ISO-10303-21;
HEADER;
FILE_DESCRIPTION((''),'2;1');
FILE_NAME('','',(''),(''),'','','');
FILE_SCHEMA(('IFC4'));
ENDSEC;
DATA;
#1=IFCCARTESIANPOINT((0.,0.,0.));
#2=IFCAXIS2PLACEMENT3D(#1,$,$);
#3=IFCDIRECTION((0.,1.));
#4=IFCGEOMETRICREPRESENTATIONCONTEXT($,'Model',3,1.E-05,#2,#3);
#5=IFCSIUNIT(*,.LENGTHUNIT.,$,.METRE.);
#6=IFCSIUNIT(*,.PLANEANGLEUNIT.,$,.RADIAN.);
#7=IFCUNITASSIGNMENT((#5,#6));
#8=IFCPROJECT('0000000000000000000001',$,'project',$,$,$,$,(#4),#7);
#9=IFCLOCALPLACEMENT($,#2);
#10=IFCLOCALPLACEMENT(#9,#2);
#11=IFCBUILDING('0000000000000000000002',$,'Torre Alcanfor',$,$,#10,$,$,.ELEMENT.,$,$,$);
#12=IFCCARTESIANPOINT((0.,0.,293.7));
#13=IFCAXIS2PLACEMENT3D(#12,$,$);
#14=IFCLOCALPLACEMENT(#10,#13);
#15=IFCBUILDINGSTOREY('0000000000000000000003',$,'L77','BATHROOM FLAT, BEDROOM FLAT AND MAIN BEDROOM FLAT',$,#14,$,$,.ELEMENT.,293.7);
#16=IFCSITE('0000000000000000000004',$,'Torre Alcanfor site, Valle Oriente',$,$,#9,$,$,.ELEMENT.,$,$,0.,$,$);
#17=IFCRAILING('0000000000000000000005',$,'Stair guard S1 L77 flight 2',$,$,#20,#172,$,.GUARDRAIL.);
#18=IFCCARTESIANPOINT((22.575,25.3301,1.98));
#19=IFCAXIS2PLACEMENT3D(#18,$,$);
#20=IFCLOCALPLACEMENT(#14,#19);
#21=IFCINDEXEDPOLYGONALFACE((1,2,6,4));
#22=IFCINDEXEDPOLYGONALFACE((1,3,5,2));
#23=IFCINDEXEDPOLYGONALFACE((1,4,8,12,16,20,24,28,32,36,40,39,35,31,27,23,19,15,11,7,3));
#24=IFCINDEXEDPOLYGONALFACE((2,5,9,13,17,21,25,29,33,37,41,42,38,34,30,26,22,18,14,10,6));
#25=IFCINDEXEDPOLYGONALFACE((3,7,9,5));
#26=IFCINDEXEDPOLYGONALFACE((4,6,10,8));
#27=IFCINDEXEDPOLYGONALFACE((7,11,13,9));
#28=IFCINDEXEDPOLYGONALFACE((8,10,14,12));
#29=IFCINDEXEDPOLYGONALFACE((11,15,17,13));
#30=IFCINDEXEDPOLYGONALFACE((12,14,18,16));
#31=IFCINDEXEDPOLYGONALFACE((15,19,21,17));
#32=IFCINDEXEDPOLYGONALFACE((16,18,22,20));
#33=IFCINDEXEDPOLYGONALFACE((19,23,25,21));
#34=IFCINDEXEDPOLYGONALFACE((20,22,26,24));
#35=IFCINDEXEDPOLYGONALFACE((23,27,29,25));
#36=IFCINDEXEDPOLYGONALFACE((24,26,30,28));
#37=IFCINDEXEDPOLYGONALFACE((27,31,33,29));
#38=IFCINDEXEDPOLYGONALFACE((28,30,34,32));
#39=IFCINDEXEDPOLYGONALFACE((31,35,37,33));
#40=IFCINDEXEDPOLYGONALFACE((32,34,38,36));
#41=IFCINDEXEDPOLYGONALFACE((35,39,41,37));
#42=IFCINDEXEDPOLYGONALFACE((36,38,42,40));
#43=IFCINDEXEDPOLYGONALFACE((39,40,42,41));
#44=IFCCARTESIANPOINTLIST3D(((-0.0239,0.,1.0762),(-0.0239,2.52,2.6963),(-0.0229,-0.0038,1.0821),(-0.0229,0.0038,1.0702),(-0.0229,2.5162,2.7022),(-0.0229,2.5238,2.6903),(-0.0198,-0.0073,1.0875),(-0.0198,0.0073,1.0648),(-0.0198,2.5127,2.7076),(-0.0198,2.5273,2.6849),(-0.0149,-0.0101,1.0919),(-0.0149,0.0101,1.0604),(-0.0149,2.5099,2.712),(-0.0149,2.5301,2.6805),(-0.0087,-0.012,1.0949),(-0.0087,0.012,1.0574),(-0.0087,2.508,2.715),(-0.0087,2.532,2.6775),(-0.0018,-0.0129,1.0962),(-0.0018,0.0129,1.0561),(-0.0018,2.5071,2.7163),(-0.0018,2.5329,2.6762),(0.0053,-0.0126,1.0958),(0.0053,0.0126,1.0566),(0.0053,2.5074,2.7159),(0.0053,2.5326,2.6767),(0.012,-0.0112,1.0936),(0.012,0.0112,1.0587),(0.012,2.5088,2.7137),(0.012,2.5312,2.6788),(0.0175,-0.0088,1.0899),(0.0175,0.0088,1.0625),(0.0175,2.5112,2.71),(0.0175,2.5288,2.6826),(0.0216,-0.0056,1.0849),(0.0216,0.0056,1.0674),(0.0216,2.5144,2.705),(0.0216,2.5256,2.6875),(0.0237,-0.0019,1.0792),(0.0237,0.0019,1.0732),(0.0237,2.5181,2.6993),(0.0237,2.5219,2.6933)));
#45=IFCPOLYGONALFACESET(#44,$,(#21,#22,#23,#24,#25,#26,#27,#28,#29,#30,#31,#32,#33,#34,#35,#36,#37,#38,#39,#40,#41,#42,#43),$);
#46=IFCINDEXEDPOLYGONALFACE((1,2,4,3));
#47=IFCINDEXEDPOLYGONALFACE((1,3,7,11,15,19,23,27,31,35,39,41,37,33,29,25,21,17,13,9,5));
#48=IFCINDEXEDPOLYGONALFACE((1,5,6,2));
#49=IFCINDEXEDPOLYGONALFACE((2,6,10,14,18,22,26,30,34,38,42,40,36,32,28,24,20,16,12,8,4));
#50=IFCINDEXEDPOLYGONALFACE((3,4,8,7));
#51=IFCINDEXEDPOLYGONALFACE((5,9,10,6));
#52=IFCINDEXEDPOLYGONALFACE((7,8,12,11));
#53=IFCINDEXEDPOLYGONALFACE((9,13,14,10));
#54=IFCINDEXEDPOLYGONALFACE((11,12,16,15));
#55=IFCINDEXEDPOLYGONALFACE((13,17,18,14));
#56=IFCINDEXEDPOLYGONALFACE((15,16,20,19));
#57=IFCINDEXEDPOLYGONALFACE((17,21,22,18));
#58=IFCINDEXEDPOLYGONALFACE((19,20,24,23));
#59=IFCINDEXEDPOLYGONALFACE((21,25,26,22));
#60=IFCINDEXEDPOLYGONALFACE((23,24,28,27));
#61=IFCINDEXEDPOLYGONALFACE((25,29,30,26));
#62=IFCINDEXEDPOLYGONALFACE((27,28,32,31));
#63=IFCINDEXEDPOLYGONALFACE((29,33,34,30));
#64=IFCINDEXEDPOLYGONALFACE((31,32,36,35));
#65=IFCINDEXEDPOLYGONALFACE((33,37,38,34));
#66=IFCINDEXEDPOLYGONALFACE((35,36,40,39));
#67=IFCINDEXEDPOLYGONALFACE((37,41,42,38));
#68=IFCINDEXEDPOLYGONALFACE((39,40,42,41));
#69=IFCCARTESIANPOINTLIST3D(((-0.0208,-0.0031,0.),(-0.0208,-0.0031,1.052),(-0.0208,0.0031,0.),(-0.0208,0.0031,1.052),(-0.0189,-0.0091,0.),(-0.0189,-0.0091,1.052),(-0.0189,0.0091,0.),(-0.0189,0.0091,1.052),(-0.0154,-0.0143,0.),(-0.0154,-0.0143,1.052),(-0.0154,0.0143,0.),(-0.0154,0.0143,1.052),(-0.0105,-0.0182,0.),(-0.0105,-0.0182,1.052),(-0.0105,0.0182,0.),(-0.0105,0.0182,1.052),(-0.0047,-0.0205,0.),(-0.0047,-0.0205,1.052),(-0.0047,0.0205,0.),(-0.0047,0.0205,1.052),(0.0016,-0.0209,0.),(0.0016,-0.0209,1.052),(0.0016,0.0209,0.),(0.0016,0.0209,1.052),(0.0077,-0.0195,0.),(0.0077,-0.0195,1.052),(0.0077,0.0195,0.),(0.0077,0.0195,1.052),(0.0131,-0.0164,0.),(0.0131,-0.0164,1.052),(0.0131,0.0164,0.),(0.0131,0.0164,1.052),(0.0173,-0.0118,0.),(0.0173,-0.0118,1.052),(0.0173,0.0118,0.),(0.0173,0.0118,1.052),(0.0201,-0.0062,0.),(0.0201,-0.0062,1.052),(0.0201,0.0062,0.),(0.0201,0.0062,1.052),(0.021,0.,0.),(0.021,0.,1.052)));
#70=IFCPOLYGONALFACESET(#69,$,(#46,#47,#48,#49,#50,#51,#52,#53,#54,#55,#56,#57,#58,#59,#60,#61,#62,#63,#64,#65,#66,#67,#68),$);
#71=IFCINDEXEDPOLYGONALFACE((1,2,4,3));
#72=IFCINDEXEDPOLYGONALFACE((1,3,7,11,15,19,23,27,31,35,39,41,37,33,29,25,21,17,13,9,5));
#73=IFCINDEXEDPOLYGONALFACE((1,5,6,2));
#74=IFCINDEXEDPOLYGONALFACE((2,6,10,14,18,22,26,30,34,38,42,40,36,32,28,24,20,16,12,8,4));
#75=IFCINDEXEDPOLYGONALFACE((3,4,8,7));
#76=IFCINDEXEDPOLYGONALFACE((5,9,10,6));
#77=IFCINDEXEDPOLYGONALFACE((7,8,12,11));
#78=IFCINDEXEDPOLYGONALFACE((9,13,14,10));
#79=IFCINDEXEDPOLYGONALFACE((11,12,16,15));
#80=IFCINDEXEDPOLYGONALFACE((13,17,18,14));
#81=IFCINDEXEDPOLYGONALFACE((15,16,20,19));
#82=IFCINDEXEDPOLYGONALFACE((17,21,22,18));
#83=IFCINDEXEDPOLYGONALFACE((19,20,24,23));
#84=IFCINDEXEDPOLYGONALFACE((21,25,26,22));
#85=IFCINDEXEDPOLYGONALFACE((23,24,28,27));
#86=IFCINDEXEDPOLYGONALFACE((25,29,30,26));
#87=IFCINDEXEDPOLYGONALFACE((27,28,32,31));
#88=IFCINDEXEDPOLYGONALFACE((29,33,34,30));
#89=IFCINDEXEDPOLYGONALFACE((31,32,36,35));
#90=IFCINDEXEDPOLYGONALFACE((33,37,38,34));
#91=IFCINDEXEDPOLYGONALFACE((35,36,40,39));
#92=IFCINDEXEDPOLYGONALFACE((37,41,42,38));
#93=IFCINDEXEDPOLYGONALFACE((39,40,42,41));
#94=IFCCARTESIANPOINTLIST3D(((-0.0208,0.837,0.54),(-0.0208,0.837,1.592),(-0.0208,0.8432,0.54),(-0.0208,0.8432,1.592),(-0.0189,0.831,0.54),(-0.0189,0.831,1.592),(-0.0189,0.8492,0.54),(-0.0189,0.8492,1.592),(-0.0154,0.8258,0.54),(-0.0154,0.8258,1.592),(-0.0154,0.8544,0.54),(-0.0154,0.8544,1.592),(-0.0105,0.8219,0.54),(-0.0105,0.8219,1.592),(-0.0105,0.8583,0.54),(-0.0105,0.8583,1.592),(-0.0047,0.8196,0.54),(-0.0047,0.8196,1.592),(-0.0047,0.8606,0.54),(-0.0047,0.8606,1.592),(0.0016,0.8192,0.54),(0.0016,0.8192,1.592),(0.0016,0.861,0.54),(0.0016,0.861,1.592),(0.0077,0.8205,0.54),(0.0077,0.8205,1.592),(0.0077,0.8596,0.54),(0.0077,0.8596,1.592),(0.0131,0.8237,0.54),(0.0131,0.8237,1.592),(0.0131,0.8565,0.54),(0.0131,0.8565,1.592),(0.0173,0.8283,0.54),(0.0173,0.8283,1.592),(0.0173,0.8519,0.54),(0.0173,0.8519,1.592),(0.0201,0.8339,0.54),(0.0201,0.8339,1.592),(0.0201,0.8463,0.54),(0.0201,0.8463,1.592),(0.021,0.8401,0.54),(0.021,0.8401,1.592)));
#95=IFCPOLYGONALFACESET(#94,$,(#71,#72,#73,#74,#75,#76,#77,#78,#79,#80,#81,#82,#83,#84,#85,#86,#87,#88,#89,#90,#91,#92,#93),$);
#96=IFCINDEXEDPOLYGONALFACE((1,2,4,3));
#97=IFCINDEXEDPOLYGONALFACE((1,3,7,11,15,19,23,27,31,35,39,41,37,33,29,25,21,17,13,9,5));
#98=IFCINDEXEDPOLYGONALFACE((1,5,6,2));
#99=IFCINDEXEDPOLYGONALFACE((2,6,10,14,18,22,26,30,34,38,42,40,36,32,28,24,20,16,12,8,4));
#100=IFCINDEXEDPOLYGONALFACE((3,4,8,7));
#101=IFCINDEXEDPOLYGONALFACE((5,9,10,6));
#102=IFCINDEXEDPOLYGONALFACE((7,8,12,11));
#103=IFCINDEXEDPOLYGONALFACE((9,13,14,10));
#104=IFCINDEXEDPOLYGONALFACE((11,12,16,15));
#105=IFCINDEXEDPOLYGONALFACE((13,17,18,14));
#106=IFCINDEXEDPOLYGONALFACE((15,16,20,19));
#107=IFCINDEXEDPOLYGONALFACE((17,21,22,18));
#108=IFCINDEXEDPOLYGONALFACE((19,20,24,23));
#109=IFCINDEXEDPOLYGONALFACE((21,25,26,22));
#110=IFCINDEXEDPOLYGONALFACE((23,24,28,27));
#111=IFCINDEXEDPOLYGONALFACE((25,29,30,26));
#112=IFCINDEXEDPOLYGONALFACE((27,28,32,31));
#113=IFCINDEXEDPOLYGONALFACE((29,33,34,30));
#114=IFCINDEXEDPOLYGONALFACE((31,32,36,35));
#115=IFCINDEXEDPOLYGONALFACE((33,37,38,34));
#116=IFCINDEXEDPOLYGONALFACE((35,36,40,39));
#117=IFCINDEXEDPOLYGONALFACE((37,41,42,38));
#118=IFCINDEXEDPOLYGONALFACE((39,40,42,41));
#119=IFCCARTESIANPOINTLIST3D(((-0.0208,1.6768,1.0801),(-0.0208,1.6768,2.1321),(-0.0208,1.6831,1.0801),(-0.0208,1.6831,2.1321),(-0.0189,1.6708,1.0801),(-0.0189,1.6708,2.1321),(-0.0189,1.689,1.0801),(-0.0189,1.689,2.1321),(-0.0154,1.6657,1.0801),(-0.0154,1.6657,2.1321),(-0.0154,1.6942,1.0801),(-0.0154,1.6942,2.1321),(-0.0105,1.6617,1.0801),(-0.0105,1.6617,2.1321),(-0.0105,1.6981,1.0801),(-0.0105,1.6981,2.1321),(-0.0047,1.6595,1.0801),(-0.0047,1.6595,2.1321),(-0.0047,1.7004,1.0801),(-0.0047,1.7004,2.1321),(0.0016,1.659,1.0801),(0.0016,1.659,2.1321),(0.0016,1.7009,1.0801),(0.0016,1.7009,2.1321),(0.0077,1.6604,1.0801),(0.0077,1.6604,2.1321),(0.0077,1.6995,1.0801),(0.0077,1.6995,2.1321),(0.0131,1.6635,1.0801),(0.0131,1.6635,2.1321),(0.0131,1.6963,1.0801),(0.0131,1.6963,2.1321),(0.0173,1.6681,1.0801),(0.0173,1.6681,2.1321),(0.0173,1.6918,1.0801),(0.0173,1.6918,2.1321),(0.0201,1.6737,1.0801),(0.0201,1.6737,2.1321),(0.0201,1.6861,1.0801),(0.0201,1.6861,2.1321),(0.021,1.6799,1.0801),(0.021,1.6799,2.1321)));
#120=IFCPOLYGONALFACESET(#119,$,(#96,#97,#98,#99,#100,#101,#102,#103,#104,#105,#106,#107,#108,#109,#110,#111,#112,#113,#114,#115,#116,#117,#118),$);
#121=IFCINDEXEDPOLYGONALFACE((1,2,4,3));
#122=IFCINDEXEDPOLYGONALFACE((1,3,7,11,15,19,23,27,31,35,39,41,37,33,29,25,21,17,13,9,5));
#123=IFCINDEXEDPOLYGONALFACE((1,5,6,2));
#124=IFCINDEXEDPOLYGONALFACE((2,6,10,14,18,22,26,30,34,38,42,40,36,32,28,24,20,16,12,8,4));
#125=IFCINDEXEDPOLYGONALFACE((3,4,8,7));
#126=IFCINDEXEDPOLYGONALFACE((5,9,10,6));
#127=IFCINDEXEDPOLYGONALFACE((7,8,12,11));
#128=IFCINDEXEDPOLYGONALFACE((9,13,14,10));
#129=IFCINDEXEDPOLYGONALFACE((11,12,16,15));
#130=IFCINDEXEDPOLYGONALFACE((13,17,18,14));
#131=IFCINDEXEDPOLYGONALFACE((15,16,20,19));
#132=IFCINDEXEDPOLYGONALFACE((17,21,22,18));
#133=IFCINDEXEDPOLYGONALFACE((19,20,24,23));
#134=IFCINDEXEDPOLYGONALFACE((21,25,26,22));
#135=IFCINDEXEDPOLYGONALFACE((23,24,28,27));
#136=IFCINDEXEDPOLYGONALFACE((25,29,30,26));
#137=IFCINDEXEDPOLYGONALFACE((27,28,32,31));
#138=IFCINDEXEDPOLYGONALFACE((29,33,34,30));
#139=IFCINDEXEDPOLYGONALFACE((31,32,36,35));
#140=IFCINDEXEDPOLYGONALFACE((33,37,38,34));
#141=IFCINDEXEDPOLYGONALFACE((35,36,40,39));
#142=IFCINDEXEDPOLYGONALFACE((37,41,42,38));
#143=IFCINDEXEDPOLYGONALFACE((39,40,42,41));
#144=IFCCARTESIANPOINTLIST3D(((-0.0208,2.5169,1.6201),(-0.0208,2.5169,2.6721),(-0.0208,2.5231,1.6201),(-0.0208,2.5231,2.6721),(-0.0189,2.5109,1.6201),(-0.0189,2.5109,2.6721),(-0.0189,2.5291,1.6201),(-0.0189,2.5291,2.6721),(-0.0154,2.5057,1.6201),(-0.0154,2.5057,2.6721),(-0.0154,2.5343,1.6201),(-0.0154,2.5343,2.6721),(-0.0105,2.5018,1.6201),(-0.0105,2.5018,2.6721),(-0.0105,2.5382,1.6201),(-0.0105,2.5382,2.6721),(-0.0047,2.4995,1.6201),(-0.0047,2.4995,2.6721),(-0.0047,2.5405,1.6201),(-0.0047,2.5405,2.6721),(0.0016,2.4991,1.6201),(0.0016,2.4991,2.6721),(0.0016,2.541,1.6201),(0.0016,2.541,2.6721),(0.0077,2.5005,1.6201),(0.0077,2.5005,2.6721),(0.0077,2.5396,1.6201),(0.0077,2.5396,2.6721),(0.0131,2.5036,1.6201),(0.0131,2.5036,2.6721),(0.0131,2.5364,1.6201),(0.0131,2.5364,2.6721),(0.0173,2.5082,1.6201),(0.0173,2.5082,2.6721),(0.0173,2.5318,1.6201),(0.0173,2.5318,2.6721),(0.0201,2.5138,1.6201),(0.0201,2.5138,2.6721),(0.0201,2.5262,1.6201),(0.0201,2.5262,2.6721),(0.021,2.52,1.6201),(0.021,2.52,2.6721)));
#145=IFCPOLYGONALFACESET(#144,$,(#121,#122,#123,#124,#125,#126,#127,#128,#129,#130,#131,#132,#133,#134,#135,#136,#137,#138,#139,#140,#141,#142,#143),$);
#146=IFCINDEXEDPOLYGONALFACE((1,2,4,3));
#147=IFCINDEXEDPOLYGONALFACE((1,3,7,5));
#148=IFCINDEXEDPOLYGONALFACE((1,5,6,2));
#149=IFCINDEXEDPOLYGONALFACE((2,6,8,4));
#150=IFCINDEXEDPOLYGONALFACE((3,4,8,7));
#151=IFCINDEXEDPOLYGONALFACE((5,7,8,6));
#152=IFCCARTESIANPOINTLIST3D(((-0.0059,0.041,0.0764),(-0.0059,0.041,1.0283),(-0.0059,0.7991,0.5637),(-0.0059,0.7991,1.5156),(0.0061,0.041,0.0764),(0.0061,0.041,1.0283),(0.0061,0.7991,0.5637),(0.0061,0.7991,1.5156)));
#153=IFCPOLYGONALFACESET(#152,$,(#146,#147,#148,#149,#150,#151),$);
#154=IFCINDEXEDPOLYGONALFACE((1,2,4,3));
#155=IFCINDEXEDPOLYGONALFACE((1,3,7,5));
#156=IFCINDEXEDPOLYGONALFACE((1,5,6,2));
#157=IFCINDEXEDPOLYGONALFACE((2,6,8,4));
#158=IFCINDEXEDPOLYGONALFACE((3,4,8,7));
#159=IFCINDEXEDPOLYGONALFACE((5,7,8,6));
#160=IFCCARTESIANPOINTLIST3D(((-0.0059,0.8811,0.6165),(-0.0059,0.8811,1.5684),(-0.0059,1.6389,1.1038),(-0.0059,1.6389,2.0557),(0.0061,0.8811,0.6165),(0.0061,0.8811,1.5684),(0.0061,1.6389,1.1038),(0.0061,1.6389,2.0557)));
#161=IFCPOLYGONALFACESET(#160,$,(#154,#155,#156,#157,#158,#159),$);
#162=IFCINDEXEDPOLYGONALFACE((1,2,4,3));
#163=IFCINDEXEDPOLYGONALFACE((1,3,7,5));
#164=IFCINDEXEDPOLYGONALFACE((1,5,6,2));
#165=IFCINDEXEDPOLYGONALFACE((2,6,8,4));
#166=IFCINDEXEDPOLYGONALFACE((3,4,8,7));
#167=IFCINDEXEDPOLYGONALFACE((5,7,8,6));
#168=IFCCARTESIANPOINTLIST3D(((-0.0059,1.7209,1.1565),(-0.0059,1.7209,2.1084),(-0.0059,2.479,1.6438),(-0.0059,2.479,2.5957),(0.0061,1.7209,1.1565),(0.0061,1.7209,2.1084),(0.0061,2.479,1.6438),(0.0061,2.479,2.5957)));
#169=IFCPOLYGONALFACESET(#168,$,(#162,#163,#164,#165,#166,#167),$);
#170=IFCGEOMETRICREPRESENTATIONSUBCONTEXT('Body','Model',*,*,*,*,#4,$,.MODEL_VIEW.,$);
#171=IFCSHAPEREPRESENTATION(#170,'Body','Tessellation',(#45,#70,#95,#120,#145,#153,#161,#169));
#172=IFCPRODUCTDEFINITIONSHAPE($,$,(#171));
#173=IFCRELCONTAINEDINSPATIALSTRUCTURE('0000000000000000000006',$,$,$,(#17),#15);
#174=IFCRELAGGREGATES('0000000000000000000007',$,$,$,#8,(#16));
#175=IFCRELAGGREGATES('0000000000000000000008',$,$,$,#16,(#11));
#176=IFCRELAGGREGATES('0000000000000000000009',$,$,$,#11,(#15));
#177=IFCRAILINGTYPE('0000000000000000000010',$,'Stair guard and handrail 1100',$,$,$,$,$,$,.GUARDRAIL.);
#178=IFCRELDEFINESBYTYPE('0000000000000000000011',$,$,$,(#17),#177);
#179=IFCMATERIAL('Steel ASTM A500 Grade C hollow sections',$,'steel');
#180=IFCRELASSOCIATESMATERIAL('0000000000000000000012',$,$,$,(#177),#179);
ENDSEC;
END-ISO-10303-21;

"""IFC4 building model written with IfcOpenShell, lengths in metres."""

from ifc_helpers import new_model, si_unit, direction, frame, origin, origin_2d, place, context, subcontext, project, spatial, polyline, circle, outline, extrude, material, type_object, element, save


model = new_model("IFC4")

# Units and contexts
model_context = context("Model", 3, precision=1e-05, world=origin(), true_north=direction((0.0, 1.0)))
body_context = subcontext(model_context, "Body", "Model", "MODEL_VIEW")
ifc_project = project(units=[si_unit("LENGTHUNIT", "METRE"), si_unit("PLANEANGLEUNIT", "RADIAN")], contexts=[model_context])

# Site, building, storey
site_placement = place(None, origin())
site = spatial("IfcSite", under=ifc_project, at=site_placement, Name="Torre Alcanfor site, Valle Oriente", CompositionType="ELEMENT", RefElevation=0.0)
building_placement = place(site_placement, origin())
building = spatial("IfcBuilding", under=site, at=building_placement, Name="Torre Alcanfor", CompositionType="ELEMENT")
storey_placement = place(building_placement, frame((0.0, 0.0, 293.7)))
storey = spatial("IfcBuildingStorey", under=building, at=storey_placement, Name="L77", Description="BATHROOM FLAT, BEDROOM FLAT AND MAIN BEDROOM FLAT", CompositionType="ELEMENT", Elevation=293.7)

# Railing
ifc_material_1 = material(Name="Steel ASTM A500 Grade C hollow sections", Category="steel")
railing_type_1 = type_object("IfcRailingType", Name="Stair guard and handrail 1100", PredefinedType="GUARDRAIL", material=ifc_material_1)
railing_1_placement = place(storey_placement, frame((22.575, 25.3301, 1.98)))
element("IfcRailing", 1, at=railing_1_placement, inside=storey, type_object=railing_type_1, Name="Stair guard S1 L77 flight 2", PredefinedType="GUARDRAIL", context=body_context, shape_type="SweptSolid", body=[
    extrude(circle(Radius=0.0239, at=origin_2d()), frame((0.0, 0.0, 1.0762), z_axis=(0.0, 0.841163, 0.540782), x_axis=(-1.0, 0.0, 0.0)), (0.0, 0.0, 1.0), 2.9958),
    extrude(circle(Radius=0.021, at=origin_2d()), origin(), (0.0, 0.0, 1.0), 1.052),
    extrude(circle(Radius=0.021, at=origin_2d()), frame((0.0, 0.8401, 0.54)), (0.0, 0.0, 1.0), 1.052),
    extrude(circle(Radius=0.021, at=origin_2d()), frame((0.0, 1.6799, 1.0801)), (0.0, 0.0, 1.0), 1.052),
    extrude(circle(Radius=0.021, at=origin_2d()), frame((0.0, 2.52, 1.6201)), (0.0, 0.0, 1.0), 1.052),
    extrude(outline(polyline([(0.041, 0.0764), (0.7991, 0.5637), (0.7991, 1.5156), (0.041, 1.0283), (0.041, 0.0764)])), frame((-0.0059, 0.0, 0.0), z_axis=(1.0, 0.0, 0.0), x_axis=(0.0, 1.0, 0.0)), (0.0, 0.0, 1.0), 0.012),
    extrude(outline(polyline([(0.8811, 0.6165), (1.6389, 1.1038), (1.6389, 2.0557), (0.8811, 1.5684), (0.8811, 0.6165)])), frame((-0.0059, 0.0, 0.0), z_axis=(1.0, 0.0, 0.0), x_axis=(0.0, 1.0, 0.0)), (0.0, 0.0, 1.0), 0.012),
    extrude(outline(polyline([(1.7209, 1.1565), (2.479, 1.6438), (2.479, 2.5957), (1.7209, 2.1084), (1.7209, 1.1565)])), frame((-0.0059, 0.0, 0.0), z_axis=(1.0, 0.0, 0.0), x_axis=(0.0, 1.0, 0.0)), (0.0, 0.0, 1.0), 0.012),
])

save(model, "model.ifc")
